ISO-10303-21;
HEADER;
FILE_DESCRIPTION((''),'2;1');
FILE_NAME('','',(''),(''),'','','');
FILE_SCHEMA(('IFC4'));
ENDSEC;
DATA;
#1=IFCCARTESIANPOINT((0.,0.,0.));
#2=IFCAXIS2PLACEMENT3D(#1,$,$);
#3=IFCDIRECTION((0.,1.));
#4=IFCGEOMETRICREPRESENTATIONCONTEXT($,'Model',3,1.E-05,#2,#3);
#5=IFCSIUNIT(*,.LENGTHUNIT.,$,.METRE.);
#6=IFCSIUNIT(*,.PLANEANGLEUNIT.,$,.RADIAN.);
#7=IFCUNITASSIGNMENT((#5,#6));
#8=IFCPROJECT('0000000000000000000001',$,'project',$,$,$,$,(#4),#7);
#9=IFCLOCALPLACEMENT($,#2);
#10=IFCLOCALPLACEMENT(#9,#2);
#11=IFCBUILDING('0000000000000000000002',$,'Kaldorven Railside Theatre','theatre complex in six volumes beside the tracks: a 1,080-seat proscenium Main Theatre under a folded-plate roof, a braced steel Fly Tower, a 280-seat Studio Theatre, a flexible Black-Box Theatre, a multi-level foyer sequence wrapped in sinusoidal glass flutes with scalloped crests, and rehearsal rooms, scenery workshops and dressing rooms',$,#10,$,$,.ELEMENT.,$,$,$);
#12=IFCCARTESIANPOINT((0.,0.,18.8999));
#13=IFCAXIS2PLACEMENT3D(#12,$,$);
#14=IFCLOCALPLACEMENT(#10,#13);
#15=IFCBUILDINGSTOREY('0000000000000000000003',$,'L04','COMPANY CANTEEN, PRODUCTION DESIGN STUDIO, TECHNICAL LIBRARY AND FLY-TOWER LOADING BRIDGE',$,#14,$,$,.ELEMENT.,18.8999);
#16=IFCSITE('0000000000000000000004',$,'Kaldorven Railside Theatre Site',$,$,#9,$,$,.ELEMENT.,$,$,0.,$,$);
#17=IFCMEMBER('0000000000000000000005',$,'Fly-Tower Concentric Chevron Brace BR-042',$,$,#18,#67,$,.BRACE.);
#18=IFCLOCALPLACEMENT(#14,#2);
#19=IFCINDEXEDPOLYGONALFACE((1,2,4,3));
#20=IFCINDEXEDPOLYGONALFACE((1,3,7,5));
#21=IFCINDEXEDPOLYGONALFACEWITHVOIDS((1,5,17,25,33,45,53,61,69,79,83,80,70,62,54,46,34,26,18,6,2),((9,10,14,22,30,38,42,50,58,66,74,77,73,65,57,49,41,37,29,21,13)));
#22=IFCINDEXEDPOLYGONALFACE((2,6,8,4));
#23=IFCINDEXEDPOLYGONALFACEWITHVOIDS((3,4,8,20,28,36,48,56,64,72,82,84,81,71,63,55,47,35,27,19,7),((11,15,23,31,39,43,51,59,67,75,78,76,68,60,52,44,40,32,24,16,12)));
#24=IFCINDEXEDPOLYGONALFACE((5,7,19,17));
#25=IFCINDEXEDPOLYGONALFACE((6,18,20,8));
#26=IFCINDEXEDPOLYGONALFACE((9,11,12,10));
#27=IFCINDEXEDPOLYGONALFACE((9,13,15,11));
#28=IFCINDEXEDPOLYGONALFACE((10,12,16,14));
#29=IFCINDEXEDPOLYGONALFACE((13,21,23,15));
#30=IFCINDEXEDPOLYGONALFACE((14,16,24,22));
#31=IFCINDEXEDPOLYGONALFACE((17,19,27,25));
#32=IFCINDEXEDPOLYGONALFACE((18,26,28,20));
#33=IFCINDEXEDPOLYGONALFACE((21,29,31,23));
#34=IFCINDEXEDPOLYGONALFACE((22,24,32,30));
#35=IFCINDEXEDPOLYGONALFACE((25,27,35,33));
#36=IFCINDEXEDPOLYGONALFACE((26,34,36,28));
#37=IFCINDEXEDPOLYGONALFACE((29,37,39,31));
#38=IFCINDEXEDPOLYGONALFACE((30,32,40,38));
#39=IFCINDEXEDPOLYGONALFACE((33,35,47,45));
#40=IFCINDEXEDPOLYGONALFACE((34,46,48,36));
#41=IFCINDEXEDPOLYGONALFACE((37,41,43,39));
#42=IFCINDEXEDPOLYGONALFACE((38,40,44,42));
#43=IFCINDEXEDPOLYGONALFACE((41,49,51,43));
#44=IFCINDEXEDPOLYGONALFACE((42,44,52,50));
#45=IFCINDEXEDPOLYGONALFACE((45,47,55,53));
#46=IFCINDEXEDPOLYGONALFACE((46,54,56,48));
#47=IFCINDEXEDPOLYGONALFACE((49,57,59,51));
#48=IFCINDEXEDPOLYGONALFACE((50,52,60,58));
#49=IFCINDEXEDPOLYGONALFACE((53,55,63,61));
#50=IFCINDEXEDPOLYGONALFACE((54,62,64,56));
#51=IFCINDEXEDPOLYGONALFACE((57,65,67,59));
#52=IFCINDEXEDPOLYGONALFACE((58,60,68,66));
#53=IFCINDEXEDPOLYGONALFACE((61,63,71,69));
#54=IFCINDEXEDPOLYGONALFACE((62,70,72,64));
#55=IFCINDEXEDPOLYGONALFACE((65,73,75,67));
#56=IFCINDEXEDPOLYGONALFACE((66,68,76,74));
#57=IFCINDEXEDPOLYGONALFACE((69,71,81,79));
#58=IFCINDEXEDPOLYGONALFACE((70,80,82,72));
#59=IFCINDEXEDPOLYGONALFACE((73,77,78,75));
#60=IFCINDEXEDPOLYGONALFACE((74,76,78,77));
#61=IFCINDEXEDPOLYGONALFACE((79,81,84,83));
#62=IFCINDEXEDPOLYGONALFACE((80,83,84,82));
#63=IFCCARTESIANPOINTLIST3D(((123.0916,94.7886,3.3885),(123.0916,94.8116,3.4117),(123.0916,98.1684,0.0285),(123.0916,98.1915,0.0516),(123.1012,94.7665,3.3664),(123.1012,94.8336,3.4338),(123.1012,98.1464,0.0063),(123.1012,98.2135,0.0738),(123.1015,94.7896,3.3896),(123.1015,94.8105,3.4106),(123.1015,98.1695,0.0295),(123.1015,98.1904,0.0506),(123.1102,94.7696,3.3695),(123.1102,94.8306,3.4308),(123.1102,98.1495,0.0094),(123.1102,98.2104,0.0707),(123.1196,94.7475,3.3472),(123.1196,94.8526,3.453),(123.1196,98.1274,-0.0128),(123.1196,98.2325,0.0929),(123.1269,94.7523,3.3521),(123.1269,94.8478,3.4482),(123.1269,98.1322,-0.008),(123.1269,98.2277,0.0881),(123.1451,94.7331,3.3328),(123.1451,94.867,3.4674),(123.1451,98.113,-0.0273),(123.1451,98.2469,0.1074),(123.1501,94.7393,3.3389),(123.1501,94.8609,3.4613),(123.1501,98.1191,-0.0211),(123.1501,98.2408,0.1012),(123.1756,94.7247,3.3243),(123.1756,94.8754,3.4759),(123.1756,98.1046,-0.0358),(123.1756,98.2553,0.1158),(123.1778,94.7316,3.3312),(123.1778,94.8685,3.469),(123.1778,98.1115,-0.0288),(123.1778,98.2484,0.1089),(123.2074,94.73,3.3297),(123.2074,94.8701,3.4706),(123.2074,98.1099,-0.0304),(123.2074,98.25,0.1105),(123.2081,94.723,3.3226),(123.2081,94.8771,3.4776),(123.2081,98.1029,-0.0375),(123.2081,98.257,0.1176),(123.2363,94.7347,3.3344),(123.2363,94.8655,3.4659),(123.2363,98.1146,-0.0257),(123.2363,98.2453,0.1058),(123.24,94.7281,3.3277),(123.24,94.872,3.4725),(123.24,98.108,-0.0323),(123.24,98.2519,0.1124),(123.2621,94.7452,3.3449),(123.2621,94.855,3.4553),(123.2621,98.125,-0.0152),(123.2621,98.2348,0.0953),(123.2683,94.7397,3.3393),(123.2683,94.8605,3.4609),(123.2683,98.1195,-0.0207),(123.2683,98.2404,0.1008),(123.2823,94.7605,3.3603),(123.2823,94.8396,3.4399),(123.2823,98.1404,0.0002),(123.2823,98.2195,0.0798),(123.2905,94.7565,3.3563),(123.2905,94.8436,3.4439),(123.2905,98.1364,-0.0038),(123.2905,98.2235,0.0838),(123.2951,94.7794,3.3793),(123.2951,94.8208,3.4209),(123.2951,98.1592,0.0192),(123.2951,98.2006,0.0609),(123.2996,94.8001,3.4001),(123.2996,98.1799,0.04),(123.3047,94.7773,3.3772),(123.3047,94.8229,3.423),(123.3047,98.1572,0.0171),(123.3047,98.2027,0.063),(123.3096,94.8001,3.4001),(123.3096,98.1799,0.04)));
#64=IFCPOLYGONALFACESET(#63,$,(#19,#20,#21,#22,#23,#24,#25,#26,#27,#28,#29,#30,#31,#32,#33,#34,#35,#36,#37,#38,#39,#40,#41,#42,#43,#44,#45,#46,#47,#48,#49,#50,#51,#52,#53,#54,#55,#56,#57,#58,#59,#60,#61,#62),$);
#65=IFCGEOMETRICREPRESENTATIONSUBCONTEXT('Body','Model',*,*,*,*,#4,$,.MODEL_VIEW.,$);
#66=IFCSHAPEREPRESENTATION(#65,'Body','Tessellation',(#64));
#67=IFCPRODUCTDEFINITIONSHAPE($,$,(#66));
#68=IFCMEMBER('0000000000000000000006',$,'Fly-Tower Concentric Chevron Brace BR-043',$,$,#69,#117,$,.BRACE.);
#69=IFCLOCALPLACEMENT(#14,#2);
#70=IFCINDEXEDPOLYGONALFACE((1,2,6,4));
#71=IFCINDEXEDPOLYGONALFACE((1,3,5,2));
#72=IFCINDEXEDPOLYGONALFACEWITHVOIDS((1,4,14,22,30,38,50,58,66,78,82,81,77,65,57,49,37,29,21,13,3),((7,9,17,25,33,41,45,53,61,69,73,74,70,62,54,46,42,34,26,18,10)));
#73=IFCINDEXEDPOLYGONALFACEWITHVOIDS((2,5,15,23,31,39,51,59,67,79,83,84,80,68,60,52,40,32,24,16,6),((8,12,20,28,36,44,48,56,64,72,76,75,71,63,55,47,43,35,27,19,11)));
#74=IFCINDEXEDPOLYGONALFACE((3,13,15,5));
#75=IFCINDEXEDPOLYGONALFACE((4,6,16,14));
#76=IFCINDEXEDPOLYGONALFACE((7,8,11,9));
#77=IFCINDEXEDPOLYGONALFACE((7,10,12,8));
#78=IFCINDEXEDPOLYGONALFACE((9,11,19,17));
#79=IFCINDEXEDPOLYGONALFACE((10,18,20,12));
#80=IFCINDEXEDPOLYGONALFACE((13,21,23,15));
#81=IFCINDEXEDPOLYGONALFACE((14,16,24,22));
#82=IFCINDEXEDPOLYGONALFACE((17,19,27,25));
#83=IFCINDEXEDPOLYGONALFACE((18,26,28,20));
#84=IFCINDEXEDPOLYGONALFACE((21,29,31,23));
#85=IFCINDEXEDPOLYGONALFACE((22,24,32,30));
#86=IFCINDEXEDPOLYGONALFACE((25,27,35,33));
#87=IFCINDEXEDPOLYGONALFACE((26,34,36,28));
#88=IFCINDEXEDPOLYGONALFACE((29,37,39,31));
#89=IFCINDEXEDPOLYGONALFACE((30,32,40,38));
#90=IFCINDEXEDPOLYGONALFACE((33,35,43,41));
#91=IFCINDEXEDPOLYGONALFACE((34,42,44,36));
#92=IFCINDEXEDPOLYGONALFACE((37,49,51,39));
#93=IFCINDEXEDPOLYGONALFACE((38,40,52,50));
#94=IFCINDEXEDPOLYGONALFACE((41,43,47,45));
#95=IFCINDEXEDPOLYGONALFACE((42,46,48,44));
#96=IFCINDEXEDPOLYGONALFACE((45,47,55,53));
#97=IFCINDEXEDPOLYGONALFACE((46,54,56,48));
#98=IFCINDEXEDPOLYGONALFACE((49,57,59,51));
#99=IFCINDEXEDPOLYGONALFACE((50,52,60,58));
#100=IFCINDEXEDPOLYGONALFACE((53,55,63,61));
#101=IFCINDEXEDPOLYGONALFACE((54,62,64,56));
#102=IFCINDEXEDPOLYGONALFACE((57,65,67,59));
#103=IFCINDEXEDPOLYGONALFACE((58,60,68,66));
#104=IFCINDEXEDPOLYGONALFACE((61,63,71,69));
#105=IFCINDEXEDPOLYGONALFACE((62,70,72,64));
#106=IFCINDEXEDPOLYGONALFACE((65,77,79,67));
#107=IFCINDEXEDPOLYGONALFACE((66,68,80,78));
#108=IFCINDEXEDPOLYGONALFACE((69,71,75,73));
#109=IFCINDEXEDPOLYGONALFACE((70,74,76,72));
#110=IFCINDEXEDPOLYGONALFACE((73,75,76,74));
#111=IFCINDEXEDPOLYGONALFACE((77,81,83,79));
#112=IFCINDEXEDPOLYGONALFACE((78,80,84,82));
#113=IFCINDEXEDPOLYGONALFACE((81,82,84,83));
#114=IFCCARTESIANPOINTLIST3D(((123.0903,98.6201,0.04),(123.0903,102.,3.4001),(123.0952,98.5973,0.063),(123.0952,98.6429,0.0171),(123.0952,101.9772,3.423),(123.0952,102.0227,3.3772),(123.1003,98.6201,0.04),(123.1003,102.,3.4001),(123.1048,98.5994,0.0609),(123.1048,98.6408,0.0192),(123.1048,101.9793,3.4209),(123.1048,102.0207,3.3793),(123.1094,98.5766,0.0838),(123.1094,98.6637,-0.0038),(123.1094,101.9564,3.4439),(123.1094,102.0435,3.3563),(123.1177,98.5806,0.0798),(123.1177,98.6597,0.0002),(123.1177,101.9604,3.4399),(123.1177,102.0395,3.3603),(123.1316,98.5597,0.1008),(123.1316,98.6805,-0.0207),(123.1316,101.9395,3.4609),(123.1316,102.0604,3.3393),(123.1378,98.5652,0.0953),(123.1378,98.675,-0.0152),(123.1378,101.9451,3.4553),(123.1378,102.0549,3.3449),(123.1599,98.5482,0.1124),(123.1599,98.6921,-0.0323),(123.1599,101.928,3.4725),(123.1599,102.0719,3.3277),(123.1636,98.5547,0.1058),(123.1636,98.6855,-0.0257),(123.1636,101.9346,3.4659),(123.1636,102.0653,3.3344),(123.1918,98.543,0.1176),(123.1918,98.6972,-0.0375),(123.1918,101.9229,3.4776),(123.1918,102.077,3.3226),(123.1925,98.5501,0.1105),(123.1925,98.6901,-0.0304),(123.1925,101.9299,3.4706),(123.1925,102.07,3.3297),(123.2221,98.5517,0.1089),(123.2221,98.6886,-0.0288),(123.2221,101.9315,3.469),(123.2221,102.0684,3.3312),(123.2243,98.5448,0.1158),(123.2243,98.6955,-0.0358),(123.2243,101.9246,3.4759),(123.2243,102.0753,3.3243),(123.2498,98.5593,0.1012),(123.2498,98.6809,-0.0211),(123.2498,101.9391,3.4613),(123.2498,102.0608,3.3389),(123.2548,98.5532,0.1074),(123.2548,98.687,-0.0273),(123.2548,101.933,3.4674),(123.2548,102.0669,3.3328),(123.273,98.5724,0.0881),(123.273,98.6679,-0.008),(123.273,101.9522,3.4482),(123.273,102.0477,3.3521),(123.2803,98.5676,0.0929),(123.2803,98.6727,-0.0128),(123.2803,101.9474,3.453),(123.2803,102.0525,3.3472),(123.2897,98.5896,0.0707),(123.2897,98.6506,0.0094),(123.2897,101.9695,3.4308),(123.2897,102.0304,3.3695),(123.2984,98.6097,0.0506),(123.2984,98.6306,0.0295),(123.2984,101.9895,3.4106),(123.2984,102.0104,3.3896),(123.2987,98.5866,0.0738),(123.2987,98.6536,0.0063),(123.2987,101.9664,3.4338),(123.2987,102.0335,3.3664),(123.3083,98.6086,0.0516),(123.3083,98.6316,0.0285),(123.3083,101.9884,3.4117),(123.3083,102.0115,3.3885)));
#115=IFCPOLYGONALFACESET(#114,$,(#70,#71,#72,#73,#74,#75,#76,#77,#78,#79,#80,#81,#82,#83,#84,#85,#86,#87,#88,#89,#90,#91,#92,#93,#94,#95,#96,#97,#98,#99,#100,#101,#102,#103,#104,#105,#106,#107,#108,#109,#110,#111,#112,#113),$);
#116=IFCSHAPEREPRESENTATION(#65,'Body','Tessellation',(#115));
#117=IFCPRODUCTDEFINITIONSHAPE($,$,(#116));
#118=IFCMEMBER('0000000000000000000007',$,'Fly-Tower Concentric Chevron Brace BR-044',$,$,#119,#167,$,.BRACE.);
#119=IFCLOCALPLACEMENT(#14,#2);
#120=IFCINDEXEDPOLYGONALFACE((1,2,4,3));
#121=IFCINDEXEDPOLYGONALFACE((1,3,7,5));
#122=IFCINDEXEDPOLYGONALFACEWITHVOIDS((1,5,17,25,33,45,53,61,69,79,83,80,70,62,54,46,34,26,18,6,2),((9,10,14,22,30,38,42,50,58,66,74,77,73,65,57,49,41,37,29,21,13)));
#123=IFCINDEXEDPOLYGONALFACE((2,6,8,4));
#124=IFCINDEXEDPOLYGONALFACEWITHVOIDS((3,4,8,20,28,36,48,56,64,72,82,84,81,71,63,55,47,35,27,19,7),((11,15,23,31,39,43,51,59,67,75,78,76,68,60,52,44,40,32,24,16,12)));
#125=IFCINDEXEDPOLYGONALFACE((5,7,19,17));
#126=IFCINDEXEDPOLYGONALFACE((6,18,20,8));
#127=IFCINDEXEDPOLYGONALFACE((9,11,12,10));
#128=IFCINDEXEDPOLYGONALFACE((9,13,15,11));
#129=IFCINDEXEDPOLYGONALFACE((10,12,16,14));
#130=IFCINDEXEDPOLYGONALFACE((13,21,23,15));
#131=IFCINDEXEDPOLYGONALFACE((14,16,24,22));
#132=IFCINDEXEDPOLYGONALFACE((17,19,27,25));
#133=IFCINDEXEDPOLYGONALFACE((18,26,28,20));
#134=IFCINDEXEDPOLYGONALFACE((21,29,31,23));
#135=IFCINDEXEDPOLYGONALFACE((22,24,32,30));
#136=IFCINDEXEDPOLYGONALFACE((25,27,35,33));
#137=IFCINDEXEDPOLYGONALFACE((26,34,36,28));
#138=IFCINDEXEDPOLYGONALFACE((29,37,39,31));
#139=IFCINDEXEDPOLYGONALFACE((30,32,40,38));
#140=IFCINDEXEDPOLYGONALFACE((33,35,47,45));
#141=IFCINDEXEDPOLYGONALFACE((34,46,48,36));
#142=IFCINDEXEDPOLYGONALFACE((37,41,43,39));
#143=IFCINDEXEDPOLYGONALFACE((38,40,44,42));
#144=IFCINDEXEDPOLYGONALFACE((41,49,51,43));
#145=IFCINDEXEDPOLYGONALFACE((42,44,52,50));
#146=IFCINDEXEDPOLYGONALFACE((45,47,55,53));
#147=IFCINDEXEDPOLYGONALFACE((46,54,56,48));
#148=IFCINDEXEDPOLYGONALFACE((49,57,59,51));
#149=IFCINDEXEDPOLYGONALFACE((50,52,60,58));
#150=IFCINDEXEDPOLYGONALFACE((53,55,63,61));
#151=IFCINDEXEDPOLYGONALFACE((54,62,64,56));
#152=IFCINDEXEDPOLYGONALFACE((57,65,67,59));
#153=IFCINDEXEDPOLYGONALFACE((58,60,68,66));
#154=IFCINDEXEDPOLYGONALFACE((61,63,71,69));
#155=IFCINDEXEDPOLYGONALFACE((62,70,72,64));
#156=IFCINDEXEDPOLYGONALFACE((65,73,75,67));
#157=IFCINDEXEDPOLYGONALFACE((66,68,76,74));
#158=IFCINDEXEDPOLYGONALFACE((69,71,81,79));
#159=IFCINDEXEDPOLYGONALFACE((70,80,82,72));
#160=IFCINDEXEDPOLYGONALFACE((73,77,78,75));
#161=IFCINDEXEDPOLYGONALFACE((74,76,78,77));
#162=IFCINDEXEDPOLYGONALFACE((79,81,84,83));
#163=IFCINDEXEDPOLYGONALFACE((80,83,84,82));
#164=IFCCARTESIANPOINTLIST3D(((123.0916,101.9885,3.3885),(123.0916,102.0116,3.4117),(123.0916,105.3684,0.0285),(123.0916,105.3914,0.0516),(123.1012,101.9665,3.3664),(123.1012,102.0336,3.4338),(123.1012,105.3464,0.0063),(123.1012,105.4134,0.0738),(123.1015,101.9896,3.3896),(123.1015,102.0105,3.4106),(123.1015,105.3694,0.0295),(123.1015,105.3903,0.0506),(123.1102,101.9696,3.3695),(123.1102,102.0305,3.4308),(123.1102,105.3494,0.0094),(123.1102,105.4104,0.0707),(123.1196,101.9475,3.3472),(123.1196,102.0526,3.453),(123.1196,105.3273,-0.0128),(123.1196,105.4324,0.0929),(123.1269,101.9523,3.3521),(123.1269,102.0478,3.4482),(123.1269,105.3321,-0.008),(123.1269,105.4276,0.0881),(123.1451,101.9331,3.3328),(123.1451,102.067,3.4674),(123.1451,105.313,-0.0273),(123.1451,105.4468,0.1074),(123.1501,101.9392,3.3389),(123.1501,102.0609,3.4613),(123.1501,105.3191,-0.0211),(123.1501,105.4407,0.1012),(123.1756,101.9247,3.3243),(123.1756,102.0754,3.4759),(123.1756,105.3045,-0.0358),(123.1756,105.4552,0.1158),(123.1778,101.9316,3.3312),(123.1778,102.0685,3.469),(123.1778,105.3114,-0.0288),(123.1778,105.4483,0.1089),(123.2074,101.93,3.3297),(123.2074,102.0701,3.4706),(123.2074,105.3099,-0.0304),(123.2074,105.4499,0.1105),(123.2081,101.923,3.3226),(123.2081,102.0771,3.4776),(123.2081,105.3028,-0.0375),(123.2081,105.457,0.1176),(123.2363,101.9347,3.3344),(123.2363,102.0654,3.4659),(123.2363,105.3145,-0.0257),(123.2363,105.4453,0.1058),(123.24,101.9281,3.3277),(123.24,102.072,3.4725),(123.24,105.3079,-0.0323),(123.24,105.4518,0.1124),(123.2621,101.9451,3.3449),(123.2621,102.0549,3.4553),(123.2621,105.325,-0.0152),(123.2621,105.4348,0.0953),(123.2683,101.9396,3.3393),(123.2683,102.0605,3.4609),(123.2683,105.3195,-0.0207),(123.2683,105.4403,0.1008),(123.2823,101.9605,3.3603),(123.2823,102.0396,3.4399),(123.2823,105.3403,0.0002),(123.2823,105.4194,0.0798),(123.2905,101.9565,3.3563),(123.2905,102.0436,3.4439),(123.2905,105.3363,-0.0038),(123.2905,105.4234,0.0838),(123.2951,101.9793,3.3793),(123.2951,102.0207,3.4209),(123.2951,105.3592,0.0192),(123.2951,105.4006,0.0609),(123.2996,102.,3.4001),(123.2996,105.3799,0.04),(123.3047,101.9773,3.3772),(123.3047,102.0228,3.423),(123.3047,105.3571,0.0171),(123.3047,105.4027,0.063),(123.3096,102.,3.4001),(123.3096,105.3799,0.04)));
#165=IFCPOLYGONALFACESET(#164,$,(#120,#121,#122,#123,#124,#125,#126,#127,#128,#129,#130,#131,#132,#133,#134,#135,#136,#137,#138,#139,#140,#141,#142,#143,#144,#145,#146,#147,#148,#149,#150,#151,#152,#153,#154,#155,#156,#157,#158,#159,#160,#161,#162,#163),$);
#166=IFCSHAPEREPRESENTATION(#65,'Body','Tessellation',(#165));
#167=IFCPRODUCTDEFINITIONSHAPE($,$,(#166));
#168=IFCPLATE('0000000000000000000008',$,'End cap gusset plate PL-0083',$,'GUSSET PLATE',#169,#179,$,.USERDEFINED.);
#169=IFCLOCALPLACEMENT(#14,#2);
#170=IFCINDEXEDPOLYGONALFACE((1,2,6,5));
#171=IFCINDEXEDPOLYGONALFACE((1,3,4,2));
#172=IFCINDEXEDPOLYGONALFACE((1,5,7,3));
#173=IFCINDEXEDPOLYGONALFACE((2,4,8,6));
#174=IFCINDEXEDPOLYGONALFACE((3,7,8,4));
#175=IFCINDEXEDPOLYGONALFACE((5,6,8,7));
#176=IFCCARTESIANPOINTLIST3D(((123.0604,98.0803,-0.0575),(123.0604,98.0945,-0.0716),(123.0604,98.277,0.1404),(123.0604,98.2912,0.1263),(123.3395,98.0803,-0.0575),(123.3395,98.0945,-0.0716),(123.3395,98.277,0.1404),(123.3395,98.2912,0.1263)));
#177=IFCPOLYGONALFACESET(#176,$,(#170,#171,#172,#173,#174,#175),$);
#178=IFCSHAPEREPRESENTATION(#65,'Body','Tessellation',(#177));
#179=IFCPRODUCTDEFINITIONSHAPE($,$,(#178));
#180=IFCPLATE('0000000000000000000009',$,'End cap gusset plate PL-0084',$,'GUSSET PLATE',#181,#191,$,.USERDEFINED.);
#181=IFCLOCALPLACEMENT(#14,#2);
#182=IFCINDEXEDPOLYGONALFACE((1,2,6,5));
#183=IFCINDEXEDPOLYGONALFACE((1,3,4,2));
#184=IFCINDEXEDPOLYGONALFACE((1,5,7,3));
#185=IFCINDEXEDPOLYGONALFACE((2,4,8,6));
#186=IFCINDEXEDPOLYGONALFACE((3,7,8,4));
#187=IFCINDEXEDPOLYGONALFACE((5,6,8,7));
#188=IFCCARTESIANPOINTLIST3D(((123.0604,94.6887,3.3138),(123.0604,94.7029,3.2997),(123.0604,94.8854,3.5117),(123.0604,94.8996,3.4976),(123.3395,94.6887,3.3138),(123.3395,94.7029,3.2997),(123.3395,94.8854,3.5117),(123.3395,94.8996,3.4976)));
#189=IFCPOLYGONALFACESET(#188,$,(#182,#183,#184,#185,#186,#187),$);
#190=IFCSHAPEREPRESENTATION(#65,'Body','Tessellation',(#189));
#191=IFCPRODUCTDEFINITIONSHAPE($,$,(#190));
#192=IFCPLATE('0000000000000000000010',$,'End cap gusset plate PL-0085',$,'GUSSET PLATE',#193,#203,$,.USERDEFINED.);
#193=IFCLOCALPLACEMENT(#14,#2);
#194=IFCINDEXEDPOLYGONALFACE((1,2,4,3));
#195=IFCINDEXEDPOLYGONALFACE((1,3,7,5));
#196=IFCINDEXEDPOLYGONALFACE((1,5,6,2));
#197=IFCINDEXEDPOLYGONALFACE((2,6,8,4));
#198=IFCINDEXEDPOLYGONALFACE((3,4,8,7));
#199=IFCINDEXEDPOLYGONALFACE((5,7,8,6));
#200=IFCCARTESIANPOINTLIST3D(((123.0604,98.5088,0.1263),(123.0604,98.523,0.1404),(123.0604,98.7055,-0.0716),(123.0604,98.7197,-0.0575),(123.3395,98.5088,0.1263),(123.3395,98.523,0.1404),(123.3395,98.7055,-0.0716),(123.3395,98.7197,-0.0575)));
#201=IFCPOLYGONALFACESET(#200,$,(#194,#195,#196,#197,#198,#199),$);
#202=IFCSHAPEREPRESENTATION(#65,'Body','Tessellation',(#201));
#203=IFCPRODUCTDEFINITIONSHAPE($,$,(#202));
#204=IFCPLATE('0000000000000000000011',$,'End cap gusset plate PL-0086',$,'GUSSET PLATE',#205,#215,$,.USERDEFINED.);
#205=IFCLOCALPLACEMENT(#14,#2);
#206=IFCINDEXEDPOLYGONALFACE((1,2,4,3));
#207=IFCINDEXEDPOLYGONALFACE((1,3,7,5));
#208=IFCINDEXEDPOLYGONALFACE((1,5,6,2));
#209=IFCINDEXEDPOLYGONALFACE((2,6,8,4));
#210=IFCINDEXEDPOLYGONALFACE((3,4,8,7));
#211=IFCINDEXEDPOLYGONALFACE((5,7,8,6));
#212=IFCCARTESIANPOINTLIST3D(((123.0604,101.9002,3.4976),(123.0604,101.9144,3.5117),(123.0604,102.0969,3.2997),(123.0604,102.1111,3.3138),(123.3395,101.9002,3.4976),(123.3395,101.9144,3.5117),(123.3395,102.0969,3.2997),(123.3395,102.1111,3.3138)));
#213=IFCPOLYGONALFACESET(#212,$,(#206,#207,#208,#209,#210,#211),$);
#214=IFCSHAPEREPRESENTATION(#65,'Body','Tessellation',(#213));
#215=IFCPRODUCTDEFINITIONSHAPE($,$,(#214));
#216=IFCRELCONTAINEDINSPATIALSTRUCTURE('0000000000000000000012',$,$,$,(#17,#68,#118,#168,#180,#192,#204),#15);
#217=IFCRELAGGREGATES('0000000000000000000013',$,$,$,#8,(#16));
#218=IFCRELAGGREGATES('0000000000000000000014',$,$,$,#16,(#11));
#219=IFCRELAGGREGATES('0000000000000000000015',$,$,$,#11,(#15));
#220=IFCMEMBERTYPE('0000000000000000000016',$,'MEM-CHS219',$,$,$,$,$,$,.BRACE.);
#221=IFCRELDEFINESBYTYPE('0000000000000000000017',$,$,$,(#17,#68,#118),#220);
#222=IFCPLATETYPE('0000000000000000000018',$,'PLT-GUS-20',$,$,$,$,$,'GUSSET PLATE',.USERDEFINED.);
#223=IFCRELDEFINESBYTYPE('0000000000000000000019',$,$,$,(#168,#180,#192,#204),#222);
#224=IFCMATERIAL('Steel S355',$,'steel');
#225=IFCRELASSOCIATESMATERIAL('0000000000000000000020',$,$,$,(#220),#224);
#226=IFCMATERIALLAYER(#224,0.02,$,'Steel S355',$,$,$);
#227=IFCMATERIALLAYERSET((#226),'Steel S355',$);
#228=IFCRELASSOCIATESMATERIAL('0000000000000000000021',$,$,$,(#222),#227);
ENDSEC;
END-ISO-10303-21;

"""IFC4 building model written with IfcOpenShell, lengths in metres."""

from ifc_helpers import new_model, si_unit, direction, frame, origin, origin_2d, place, context, subcontext, project, spatial, rectangle, hollow_circle, extrude, material, layer, layer_set, material_profile, profile_set, type_object, element, save


model = new_model("IFC4")

# Units and contexts
model_context = context("Model", 3, precision=1e-05, world=origin(), true_north=direction((0.0, 1.0)))
body_context = subcontext(model_context, "Body", "Model", "MODEL_VIEW")
ifc_project = project(units=[si_unit("LENGTHUNIT", "METRE"), si_unit("PLANEANGLEUNIT", "RADIAN")], contexts=[model_context])

# Site, building, storey
site_placement = place(None, origin())
site = spatial("IfcSite", under=ifc_project, at=site_placement, Name="Kaldorven Railside Theatre Site", CompositionType="ELEMENT", RefElevation=0.0)
building_placement = place(site_placement, origin())
building = spatial("IfcBuilding", under=site, at=building_placement, Name="Kaldorven Railside Theatre", Description="theatre complex in six volumes beside the tracks: a 1,080-seat proscenium Main Theatre under a folded-plate roof, a braced steel Fly Tower, a 280-seat Studio Theatre, a flexible Black-Box Theatre, a multi-level foyer sequence wrapped in sinusoidal glass flutes with scalloped crests, and rehearsal rooms, scenery workshops and dressing rooms", CompositionType="ELEMENT")
storey_placement = place(building_placement, frame((0.0, 0.0, 18.8999)))
storey = spatial("IfcBuildingStorey", under=building, at=storey_placement, Name="L04", Description="COMPANY CANTEEN, PRODUCTION DESIGN STUDIO, TECHNICAL LIBRARY AND FLY-TOWER LOADING BRIDGE", CompositionType="ELEMENT", Elevation=18.8999)

# Shared definitions
ifc_material_1 = material(Name="Steel S355", Category="steel")

# Members
ifc_material_profile_1 = material_profile(ifc_material_1, hollow_circle(Radius=0.1096, WallThickness=0.01, at=origin_2d()), Name="CHS 219.1x10")
ifc_profile_set_1 = profile_set([ifc_material_profile_1], Name="Steel S355")
member_type = type_object("IfcMemberType", Name="MEM-CHS219", PredefinedType="BRACE", material=ifc_profile_set_1)
for number, where, z_axis, x_axis, name in (
    (1, (123.2, 98.1799, 0.04), (0.0, -0.709178, 0.705029), (1.0, 0.0, 0.0), "Fly-Tower Concentric Chevron Brace BR-042"),
    (2, (123.2, 98.6201, 0.04), (0.0, 0.709178, 0.705029), (-1.0, 0.0, 0.0), "Fly-Tower Concentric Chevron Brace BR-043"),
    (3, (123.2, 105.3799, 0.04), (0.0, -0.709178, 0.705029), (1.0, 0.0, 0.0), "Fly-Tower Concentric Chevron Brace BR-044"),
):
    element("IfcMember", number, at=place(storey_placement, frame(where, z_axis=z_axis, x_axis=x_axis)), inside=storey, type_object=member_type, Name=name, PredefinedType="BRACE", context=body_context, shape_type="SweptSolid", body=[
        extrude(hollow_circle(Radius=0.1096, WallThickness=0.01, at=origin_2d()), origin(), (0.0, 0.0, 1.0), 4.7659),
    ])

# Plates
ifc_layer_1 = layer(ifc_material_1, 0.02, Name="Steel S355")
ifc_layer_set_1 = layer_set([ifc_layer_1], Name="Steel S355")
plate_type = type_object("IfcPlateType", Name="PLT-GUS-20", ElementType="GUSSET PLATE", PredefinedType="USERDEFINED", material=ifc_layer_set_1)
for number, where, z_axis, x_axis, name in (
    (4, (123.2, 98.1929, 0.0273), (0.0, -0.709202, 0.705006), (1.0, 0.0, 0.0), "End cap gusset plate PL-0083"),
    (5, (123.2, 94.8013, 3.3987), (0.0, -0.709202, 0.705006), (1.0, 0.0, 0.0), "End cap gusset plate PL-0084"),
    (6, (123.2, 98.6072, 0.0273), (0.0, 0.709202, 0.705006), (-1.0, 0.0, 0.0), "End cap gusset plate PL-0085"),
    (7, (123.2, 101.9985, 3.3987), (0.0, 0.709202, 0.705006), (-1.0, 0.0, 0.0), "End cap gusset plate PL-0086"),
):
    element("IfcPlate", number, at=place(storey_placement, frame(where, z_axis=z_axis, x_axis=x_axis)), inside=storey, type_object=plate_type, Name=name, ObjectType="GUSSET PLATE", PredefinedType="USERDEFINED", context=body_context, shape_type="SweptSolid", body=[
        extrude(rectangle(XDim=0.2791, YDim=0.2791, at=origin_2d()), origin(), (0.0, 0.0, 1.0), 0.02),
    ])

save(model, "model.ifc")
